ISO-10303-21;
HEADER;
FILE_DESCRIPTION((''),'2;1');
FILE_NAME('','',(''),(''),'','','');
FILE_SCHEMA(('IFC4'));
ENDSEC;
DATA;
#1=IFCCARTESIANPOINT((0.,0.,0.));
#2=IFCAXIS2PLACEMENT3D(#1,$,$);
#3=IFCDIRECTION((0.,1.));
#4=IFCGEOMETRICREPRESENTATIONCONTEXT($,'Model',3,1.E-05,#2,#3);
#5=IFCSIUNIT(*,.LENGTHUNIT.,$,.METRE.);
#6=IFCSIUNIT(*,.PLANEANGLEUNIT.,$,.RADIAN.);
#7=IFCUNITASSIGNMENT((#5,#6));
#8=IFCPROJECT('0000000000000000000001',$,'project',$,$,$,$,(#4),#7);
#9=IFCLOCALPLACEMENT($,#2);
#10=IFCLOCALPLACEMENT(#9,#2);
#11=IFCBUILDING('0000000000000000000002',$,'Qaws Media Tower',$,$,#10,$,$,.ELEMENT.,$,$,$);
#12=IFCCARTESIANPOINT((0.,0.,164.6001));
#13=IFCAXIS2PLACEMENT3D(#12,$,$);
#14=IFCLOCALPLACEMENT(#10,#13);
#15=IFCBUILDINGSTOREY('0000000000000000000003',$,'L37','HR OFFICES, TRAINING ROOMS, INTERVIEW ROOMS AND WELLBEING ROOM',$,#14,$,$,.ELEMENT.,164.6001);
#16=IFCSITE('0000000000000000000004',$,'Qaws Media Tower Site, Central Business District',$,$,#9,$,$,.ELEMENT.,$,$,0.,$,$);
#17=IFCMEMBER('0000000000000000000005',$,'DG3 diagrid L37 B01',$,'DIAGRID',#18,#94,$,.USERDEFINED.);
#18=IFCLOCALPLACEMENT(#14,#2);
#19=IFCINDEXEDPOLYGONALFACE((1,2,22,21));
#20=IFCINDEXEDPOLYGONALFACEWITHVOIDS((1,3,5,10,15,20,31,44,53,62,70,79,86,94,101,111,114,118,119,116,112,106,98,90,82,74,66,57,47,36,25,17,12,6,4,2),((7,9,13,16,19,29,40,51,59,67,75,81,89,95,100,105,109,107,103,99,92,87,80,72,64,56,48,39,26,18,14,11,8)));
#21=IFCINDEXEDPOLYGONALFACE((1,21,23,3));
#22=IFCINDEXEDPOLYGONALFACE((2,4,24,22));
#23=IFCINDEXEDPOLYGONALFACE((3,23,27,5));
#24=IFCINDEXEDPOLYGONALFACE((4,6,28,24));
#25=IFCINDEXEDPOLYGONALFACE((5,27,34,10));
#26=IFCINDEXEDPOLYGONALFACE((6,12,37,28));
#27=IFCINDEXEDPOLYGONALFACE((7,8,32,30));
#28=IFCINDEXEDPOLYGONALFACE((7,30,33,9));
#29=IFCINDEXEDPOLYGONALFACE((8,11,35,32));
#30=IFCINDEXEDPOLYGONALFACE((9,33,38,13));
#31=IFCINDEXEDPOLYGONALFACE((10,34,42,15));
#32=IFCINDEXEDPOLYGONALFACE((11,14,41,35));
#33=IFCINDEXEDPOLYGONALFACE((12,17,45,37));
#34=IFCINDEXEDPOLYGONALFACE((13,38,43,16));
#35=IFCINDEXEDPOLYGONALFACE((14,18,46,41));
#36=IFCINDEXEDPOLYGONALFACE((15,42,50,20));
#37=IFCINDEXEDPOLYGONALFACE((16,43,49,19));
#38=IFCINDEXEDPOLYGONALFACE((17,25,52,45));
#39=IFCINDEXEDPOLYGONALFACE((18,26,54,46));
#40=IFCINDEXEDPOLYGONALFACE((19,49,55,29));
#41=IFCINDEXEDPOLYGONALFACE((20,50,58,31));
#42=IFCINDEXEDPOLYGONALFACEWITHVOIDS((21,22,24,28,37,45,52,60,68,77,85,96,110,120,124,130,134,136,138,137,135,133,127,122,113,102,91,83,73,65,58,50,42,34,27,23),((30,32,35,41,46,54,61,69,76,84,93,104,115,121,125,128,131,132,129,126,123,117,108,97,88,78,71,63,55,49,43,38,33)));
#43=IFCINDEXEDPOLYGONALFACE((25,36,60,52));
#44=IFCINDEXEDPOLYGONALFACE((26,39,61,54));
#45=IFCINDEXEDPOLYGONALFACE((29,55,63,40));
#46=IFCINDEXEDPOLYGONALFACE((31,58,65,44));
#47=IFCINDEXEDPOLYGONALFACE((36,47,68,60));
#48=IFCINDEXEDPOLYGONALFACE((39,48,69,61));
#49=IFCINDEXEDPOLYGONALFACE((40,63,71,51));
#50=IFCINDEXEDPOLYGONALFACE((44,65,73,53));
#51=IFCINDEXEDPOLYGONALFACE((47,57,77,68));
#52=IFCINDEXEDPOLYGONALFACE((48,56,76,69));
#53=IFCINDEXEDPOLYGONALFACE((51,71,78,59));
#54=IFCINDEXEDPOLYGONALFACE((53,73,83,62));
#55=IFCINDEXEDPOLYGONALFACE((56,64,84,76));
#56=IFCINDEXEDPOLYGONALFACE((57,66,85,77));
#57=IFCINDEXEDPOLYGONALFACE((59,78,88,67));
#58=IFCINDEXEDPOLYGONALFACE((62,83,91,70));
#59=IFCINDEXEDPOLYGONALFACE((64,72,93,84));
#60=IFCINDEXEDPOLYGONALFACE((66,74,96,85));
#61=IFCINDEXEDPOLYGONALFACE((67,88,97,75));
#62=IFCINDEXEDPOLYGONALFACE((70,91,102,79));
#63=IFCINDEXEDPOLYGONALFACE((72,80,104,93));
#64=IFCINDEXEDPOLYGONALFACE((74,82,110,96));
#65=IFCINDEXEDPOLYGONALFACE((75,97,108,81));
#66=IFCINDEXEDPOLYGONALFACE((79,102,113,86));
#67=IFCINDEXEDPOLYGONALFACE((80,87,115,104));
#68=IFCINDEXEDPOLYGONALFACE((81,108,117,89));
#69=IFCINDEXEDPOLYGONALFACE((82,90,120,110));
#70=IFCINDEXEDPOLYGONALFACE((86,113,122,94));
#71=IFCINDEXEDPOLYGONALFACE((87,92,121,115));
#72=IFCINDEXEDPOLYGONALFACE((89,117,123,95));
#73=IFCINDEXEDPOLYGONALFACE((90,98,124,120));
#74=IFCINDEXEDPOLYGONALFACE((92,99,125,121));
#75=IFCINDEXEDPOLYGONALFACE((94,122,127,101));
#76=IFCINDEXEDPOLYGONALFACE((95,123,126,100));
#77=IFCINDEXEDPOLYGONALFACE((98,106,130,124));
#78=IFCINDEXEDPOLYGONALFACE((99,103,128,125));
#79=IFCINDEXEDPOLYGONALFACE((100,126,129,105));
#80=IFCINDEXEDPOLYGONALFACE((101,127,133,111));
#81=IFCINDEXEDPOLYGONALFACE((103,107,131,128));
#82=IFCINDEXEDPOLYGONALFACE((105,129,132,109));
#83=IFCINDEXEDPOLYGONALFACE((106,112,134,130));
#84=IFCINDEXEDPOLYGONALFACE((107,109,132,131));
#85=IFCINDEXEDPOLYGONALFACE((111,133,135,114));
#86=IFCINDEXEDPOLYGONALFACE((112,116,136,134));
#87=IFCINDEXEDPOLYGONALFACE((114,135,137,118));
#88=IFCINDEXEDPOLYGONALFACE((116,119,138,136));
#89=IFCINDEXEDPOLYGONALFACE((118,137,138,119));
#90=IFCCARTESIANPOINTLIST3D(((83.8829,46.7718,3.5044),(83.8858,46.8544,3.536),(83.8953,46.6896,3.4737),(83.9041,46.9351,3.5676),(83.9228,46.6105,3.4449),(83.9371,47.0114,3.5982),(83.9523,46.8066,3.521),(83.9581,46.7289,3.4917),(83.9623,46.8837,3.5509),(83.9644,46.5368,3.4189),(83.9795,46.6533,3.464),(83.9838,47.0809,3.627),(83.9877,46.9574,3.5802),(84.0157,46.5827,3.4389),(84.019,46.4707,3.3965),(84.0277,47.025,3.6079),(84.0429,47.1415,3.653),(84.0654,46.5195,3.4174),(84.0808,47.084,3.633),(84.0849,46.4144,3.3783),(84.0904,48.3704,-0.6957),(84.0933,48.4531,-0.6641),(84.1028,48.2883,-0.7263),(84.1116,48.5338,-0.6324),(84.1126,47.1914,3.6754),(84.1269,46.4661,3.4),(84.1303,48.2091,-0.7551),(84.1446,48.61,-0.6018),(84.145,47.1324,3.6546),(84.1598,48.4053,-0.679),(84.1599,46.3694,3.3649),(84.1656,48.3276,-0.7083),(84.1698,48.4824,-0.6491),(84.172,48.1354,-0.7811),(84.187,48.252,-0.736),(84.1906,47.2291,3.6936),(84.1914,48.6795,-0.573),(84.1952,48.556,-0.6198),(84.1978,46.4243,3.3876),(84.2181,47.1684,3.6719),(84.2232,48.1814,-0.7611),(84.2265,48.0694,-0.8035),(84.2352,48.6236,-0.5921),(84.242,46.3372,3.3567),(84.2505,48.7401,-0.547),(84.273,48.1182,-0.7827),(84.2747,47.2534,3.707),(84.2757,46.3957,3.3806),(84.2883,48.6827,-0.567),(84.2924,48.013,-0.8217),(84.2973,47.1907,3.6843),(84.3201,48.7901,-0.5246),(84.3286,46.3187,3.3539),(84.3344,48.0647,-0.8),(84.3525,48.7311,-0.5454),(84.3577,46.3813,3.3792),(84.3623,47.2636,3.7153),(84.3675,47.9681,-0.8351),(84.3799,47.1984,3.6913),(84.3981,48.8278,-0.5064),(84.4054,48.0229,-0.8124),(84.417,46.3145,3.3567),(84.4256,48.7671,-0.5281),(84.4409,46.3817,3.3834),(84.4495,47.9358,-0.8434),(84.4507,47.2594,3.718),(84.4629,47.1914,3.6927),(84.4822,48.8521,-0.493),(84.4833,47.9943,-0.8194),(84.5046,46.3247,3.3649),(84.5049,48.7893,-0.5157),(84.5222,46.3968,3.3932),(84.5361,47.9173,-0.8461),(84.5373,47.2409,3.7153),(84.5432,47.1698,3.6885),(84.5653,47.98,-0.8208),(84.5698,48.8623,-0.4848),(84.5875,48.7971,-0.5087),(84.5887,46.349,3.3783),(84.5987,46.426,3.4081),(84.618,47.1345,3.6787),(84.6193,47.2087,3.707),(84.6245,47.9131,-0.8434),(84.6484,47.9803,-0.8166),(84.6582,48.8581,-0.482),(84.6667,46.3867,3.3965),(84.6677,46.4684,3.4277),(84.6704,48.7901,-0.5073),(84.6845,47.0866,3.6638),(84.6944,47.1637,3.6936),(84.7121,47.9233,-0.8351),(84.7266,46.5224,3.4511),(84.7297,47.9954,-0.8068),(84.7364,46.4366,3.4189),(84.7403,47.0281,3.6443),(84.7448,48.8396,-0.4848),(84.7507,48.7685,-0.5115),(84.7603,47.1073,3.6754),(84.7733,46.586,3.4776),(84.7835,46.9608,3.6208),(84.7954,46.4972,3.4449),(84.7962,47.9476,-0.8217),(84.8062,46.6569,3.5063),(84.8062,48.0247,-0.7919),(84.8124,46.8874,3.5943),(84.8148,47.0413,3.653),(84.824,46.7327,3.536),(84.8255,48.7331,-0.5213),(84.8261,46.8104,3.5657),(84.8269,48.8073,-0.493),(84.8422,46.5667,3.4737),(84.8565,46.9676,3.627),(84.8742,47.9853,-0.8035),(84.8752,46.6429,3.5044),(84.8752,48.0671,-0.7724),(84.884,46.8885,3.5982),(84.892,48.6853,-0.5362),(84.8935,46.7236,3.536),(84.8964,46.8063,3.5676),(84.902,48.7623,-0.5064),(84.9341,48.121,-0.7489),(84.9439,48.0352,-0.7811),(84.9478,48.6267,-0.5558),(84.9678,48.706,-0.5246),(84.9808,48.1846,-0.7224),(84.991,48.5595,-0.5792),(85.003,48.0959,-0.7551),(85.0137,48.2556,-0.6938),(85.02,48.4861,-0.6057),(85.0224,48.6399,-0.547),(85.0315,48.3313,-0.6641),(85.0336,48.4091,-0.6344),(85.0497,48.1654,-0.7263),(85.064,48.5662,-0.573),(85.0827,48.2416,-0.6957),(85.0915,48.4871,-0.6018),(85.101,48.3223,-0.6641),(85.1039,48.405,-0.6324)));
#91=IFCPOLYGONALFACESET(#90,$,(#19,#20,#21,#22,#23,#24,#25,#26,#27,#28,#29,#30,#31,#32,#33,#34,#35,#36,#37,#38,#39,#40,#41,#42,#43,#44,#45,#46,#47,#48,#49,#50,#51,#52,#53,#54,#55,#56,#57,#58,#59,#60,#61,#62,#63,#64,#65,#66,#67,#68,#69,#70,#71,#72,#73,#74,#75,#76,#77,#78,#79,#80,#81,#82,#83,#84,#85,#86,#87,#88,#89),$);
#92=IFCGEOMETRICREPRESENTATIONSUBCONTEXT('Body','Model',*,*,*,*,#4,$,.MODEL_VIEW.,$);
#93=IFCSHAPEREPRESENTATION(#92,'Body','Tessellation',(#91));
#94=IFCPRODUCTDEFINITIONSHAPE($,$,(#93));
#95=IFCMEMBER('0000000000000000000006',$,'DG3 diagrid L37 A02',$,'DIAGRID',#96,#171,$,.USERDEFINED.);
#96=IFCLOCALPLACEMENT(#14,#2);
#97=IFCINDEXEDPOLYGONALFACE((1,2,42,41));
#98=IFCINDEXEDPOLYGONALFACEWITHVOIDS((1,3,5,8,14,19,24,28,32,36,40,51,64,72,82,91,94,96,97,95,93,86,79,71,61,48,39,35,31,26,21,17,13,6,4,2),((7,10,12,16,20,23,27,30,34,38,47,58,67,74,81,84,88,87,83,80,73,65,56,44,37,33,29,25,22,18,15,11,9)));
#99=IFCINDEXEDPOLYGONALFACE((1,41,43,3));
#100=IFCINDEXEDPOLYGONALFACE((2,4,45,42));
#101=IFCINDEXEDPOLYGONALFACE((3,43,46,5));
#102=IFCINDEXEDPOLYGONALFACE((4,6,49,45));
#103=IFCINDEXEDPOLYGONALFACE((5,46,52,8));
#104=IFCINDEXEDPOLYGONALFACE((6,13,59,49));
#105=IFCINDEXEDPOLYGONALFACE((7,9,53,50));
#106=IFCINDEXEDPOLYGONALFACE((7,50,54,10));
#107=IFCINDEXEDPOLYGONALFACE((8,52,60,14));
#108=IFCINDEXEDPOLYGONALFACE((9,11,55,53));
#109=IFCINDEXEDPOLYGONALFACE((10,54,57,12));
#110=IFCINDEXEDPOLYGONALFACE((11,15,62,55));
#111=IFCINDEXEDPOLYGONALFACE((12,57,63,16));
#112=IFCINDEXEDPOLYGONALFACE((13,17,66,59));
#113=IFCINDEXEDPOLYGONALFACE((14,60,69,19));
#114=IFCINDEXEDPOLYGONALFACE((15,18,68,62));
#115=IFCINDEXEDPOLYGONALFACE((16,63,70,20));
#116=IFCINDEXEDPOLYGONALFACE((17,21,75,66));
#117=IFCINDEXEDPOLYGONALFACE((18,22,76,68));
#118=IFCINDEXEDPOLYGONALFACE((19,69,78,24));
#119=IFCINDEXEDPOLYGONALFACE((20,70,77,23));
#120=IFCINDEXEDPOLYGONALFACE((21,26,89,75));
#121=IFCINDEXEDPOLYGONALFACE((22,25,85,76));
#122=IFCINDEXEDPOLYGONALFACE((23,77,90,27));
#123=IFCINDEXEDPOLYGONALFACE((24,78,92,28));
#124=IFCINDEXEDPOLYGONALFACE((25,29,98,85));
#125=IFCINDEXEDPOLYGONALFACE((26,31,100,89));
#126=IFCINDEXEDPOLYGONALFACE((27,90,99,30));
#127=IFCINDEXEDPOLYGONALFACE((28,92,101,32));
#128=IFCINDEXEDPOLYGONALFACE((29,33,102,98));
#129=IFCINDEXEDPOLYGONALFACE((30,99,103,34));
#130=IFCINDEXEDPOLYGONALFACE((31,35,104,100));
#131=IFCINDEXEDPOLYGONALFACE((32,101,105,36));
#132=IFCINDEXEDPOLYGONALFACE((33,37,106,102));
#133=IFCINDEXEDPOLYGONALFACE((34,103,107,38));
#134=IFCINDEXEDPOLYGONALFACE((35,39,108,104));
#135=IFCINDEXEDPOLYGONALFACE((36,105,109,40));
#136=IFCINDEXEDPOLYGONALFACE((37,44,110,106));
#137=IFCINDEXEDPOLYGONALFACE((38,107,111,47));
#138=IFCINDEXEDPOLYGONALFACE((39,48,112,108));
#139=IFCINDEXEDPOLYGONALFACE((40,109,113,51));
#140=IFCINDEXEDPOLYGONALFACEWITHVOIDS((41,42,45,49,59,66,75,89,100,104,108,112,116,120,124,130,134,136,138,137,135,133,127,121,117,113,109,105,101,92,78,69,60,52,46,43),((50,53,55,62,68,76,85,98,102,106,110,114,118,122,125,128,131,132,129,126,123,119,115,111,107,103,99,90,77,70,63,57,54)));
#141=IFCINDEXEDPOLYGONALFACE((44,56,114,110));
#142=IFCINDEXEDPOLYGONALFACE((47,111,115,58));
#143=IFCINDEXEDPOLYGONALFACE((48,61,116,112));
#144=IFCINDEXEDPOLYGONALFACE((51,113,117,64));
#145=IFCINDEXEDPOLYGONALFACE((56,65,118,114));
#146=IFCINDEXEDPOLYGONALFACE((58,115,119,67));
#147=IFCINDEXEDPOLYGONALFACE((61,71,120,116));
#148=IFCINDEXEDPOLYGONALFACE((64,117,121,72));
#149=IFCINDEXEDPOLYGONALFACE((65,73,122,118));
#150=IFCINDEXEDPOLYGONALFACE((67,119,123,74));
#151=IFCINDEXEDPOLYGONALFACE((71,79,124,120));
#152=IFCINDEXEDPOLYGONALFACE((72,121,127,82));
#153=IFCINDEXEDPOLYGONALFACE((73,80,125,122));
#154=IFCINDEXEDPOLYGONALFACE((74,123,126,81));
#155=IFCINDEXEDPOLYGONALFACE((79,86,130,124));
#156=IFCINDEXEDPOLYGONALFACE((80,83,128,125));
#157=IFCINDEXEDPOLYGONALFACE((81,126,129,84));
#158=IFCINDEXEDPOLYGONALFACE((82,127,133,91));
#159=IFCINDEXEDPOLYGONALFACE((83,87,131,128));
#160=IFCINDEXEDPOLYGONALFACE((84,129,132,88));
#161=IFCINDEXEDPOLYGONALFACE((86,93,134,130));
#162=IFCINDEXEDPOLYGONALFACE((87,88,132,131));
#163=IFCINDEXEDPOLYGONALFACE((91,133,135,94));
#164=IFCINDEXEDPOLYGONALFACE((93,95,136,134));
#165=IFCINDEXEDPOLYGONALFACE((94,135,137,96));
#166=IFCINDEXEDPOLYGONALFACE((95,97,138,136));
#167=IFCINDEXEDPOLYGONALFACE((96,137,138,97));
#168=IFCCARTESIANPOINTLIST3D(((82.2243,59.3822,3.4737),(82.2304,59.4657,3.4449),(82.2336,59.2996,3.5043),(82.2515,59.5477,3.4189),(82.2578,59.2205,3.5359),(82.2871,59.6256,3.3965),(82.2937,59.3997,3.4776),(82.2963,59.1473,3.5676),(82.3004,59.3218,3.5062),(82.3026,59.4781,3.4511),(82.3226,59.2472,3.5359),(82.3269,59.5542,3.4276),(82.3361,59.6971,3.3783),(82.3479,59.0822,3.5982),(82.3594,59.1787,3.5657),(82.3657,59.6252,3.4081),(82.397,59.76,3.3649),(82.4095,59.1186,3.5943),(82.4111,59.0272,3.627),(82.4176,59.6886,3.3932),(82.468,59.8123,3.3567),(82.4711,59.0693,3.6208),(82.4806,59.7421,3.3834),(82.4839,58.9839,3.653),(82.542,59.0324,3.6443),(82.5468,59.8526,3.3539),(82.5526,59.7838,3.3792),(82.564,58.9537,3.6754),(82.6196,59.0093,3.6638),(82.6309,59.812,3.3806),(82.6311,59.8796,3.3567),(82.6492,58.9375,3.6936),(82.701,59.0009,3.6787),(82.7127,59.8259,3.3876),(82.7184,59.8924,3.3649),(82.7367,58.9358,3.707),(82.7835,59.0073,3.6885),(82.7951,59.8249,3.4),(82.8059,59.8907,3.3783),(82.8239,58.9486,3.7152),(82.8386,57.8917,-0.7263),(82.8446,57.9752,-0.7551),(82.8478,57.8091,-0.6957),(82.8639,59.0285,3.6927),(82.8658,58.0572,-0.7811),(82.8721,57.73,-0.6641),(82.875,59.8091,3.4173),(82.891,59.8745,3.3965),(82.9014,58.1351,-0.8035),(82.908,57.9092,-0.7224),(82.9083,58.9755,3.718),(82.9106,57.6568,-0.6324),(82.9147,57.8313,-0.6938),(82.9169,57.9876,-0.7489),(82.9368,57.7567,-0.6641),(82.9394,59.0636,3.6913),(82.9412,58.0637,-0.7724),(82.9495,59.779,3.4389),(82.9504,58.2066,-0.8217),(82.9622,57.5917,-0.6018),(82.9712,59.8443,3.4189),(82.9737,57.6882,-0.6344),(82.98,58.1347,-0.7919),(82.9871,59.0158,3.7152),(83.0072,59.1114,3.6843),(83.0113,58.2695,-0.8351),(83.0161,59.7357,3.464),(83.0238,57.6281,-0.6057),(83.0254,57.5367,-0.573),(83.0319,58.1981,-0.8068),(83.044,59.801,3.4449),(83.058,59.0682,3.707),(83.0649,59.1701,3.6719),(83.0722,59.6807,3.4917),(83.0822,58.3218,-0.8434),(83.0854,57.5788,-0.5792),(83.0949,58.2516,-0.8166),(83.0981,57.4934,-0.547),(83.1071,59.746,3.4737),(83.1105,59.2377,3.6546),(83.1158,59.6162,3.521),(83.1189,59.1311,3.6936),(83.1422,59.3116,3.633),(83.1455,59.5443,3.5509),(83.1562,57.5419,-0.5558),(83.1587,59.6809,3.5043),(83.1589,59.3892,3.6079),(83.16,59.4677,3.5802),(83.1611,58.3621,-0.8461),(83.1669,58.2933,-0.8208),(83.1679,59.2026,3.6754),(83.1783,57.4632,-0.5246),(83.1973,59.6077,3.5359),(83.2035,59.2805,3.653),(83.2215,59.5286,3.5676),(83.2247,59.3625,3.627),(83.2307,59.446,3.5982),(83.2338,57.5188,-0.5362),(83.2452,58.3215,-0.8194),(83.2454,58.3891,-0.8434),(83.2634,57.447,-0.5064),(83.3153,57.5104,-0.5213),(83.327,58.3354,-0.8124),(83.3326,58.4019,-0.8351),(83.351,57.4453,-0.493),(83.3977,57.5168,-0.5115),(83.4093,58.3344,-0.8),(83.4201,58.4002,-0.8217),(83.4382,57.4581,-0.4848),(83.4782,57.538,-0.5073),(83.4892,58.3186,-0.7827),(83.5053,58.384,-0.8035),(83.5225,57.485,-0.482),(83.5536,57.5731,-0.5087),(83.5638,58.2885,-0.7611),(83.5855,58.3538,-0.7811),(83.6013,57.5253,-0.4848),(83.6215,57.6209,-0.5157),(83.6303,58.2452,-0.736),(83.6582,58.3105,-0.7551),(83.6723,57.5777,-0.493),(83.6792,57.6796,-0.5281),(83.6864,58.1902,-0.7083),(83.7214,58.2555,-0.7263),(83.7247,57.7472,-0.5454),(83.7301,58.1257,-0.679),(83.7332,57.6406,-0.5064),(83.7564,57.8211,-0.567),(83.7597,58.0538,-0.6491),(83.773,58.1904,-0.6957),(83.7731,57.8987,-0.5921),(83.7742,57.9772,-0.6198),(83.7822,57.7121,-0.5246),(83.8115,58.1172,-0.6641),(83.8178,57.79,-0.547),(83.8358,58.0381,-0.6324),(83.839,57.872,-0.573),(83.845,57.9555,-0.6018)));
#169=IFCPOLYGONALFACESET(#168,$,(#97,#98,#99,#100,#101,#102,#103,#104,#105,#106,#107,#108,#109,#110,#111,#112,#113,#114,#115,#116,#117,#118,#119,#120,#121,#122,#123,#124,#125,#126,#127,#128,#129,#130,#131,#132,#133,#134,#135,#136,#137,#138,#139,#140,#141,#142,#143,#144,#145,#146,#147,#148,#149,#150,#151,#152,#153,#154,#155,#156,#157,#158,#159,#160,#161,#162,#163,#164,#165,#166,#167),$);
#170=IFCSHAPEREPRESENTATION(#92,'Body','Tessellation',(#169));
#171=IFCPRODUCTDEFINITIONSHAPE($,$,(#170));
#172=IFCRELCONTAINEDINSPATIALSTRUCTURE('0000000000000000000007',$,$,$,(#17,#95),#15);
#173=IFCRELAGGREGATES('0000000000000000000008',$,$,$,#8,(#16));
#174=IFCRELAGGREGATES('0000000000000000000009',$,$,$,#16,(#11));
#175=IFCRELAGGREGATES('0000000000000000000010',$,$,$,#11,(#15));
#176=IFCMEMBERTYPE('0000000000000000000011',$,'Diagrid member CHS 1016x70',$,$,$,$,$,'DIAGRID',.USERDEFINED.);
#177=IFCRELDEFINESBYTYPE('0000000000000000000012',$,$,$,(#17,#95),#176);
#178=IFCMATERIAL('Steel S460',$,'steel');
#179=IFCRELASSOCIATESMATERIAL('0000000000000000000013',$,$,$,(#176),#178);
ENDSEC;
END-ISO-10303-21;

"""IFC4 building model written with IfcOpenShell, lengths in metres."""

from ifc_helpers import new_model, si_unit, direction, frame, origin, origin_2d, place, context, subcontext, project, spatial, hollow_circle, extrude, material, material_profile, profile_set, type_object, element, save


model = new_model("IFC4")

# Units and contexts
model_context = context("Model", 3, precision=1e-05, world=origin(), true_north=direction((0.0, 1.0)))
body_context = subcontext(model_context, "Body", "Model", "MODEL_VIEW")
ifc_project = project(units=[si_unit("LENGTHUNIT", "METRE"), si_unit("PLANEANGLEUNIT", "RADIAN")], contexts=[model_context])

# Site, building, storey
site_placement = place(None, origin())
site = spatial("IfcSite", under=ifc_project, at=site_placement, Name="Qaws Media Tower Site, Central Business District", CompositionType="ELEMENT", RefElevation=0.0)
building_placement = place(site_placement, origin())
building = spatial("IfcBuilding", under=site, at=building_placement, Name="Qaws Media Tower", CompositionType="ELEMENT")
storey_placement = place(building_placement, frame((0.0, 0.0, 164.6001)))
storey = spatial("IfcBuildingStorey", under=building, at=storey_placement, Name="L37", Description="HR OFFICES, TRAINING ROOMS, INTERVIEW ROOMS AND WELLBEING ROOM", CompositionType="ELEMENT", Elevation=164.6001)

# Members
ifc_material_1 = material(Name="Steel S460", Category="steel")
ifc_material_profile_1 = material_profile(ifc_material_1, hollow_circle(Radius=0.5081, WallThickness=0.0701, at=origin_2d()), Name="CHS 1016x70")
ifc_profile_set_1 = profile_set([ifc_material_profile_1], Name="Steel S460")
member_type_1 = type_object("IfcMemberType", Name="Diagrid member CHS 1016x70", ElementType="DIAGRID", PredefinedType="USERDEFINED", material=ifc_profile_set_1)
for number, where, z_axis, x_axis, name in (
    (1, (84.5972, 48.3877, -0.6641), (-0.046129, -0.355355, 0.933593), (0.99168, -0.128731, 0.0), "DG3 diagrid L37 B01"),
    (2, (83.3418, 57.9236, -0.6641), (-0.136541, 0.331312, 0.933589), (-0.924562, -0.381032, 0.0), "DG3 diagrid L37 A02"),
):
    element("IfcMember", number, at=place(storey_placement, frame(where, z_axis=z_axis, x_axis=x_axis)), inside=storey, type_object=member_type_1, Name=name, ObjectType="DIAGRID", PredefinedType="USERDEFINED", context=body_context, shape_type="SweptSolid", body=[
        extrude(hollow_circle(Radius=0.5081, WallThickness=0.0701, at=origin_2d()), origin(), (0.0, 0.0, 1.0), 4.4988),
    ])

save(model, "model.ifc")
